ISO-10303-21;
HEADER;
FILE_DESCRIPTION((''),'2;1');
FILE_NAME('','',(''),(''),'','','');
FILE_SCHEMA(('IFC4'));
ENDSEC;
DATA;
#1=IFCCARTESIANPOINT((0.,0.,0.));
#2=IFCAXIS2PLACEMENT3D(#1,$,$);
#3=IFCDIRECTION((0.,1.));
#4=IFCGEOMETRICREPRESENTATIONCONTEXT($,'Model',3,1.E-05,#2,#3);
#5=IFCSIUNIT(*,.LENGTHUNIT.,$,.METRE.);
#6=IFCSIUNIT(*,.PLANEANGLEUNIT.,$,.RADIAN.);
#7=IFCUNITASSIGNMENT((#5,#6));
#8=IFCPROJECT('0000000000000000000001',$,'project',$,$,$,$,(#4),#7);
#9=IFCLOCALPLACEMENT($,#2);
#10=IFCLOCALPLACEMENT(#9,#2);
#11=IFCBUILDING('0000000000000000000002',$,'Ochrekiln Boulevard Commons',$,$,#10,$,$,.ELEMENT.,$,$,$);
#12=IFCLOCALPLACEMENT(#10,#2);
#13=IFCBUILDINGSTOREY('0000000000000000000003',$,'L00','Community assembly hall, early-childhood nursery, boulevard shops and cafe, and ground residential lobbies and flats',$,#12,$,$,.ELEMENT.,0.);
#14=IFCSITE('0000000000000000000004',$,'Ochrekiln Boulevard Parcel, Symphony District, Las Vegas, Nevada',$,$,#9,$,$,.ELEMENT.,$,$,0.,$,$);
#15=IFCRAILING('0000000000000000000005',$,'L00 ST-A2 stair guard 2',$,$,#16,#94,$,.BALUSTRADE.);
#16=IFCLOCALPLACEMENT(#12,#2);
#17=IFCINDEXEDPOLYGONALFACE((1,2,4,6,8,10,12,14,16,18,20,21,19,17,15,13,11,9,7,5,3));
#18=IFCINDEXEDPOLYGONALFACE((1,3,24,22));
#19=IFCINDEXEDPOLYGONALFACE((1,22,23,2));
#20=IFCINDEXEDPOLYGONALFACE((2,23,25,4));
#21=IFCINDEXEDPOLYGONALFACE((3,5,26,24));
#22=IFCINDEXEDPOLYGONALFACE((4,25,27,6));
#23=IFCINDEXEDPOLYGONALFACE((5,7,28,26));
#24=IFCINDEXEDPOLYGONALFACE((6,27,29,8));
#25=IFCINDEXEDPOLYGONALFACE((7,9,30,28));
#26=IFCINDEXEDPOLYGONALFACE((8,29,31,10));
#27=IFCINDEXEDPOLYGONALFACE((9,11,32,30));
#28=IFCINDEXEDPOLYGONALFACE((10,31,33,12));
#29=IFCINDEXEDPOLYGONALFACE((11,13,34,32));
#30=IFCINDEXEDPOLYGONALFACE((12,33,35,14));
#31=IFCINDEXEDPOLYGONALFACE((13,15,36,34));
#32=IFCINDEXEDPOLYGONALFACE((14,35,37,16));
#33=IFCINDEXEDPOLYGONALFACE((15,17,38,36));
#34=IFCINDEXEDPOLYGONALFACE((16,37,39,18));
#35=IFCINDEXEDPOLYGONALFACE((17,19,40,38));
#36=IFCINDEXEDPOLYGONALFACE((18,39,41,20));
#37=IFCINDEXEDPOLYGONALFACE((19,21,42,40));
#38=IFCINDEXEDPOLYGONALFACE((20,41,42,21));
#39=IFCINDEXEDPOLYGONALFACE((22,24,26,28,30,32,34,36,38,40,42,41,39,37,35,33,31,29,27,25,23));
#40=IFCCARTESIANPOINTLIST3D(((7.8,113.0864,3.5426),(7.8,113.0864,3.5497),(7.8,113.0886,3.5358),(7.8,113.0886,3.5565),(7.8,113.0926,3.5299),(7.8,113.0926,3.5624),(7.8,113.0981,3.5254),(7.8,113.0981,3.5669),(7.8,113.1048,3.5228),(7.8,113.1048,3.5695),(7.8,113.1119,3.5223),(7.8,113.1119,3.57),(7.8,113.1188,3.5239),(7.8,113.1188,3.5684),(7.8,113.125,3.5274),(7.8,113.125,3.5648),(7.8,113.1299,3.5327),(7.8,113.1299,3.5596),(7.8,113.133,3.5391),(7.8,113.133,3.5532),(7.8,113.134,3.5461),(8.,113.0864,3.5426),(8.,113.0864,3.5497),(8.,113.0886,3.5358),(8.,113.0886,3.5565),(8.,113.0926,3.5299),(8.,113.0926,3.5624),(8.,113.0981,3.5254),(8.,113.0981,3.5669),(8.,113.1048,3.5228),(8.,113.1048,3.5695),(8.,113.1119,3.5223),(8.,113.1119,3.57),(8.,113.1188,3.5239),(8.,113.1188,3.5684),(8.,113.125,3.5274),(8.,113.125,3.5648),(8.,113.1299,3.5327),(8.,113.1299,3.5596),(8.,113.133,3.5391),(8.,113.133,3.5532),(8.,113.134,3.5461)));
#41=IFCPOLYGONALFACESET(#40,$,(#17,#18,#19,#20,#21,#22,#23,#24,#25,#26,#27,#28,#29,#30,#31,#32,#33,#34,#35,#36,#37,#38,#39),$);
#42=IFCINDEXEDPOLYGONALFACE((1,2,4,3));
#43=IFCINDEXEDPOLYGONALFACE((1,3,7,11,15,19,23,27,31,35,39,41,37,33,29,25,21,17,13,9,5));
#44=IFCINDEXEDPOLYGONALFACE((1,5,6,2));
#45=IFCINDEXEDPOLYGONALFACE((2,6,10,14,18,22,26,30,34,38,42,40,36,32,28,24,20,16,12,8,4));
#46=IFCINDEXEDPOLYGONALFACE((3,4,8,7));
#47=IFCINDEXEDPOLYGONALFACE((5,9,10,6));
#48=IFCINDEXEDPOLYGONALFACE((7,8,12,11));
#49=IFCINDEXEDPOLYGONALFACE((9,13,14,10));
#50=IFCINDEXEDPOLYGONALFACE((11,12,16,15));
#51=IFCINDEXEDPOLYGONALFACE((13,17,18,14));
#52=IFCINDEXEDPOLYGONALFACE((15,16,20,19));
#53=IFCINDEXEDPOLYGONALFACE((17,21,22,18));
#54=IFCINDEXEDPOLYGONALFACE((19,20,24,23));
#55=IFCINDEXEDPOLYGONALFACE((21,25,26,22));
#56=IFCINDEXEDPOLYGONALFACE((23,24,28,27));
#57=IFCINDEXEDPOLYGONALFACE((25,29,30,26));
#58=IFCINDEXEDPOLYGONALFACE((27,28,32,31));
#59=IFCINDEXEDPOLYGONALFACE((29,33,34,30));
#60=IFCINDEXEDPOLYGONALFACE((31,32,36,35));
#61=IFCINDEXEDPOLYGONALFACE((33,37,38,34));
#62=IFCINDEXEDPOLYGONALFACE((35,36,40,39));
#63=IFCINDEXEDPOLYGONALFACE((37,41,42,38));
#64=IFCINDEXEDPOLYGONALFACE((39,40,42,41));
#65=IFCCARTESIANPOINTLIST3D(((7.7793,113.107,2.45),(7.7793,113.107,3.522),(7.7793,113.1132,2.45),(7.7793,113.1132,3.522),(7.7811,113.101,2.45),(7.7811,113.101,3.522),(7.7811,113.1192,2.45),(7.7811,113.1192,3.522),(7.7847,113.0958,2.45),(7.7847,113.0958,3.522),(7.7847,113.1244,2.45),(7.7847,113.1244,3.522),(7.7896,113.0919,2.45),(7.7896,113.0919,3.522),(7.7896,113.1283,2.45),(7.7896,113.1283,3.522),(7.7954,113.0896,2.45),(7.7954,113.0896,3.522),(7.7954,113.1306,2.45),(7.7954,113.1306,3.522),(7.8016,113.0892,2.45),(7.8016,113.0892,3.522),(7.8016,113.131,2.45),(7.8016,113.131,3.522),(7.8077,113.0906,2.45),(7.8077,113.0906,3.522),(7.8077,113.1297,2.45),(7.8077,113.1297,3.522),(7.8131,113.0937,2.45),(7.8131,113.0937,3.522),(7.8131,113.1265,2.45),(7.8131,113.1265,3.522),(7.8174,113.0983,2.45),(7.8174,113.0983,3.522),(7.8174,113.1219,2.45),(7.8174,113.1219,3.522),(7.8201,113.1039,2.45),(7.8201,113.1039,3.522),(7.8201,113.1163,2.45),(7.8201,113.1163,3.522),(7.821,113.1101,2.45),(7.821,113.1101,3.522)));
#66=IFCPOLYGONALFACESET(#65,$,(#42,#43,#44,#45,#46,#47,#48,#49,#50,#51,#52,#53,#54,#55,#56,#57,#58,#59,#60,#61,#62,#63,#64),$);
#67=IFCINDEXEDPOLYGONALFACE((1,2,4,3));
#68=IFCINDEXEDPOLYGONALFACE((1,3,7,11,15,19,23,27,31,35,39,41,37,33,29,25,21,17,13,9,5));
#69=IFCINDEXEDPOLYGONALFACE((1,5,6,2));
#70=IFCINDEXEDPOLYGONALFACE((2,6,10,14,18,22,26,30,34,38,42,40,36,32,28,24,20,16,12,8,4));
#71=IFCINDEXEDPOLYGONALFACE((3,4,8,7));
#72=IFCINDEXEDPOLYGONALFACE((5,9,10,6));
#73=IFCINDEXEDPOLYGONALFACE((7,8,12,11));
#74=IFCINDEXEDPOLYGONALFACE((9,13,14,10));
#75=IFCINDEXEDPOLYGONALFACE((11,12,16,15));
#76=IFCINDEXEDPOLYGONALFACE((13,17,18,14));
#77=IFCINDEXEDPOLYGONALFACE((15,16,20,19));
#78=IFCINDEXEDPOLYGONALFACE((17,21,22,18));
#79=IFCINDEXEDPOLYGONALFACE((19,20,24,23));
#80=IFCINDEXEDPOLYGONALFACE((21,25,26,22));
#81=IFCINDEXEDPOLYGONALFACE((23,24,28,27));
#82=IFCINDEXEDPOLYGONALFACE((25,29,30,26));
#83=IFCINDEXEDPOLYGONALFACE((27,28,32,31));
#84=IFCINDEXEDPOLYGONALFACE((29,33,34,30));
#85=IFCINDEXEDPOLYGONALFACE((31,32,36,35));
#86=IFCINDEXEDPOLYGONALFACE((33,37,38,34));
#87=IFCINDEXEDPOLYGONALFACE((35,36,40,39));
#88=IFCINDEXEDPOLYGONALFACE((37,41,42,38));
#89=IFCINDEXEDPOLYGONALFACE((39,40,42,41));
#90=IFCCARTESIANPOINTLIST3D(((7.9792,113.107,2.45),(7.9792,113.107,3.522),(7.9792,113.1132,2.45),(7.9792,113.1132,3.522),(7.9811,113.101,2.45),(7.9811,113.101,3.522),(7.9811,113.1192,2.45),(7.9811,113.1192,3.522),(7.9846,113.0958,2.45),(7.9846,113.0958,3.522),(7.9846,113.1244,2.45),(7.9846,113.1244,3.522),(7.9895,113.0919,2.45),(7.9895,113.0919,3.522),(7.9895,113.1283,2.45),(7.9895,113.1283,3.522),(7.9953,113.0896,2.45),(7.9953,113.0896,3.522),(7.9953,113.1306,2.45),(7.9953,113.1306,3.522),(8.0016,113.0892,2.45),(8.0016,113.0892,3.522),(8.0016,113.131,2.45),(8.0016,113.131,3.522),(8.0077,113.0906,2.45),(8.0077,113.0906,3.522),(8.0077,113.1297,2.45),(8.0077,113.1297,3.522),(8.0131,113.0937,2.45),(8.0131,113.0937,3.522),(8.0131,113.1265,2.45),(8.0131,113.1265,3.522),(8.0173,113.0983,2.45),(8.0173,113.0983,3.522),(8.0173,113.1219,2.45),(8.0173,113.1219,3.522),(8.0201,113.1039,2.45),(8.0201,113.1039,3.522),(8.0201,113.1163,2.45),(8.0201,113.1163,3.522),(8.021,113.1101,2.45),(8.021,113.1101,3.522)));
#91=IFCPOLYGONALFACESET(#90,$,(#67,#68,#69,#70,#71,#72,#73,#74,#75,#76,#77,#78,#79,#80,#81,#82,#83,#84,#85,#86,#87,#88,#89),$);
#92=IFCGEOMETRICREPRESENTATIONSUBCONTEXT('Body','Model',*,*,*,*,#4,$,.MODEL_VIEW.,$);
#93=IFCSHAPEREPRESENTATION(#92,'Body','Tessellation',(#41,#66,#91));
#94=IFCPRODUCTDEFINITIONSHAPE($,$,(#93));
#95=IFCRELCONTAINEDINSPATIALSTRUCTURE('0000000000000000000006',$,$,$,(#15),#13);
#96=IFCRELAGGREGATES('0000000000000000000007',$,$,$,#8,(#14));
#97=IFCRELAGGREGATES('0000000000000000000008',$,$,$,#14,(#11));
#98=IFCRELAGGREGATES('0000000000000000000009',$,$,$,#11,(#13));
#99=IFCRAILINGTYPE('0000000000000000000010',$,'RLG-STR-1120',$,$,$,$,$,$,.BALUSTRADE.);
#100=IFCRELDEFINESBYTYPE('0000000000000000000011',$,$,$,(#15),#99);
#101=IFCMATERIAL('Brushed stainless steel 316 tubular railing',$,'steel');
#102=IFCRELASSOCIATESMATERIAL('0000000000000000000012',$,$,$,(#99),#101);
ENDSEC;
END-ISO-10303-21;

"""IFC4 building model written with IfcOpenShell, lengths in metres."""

from ifc_helpers import new_model, si_unit, direction, frame, origin, origin_2d, place, context, subcontext, project, spatial, circle, extrude, material, type_object, element, save


model = new_model("IFC4")

# Units and contexts
model_context = context("Model", 3, precision=1e-05, world=origin(), true_north=direction((0.0, 1.0)))
body_context = subcontext(model_context, "Body", "Model", "MODEL_VIEW")
ifc_project = project(units=[si_unit("LENGTHUNIT", "METRE"), si_unit("PLANEANGLEUNIT", "RADIAN")], contexts=[model_context])

# Site, building, storey
site_placement = place(None, origin())
site = spatial("IfcSite", under=ifc_project, at=site_placement, Name="Ochrekiln Boulevard Parcel, Symphony District, Las Vegas, Nevada", CompositionType="ELEMENT", RefElevation=0.0)
building_placement = place(site_placement, origin())
building = spatial("IfcBuilding", under=site, at=building_placement, Name="Ochrekiln Boulevard Commons", CompositionType="ELEMENT")
storey_placement = place(building_placement, origin())
storey = spatial("IfcBuildingStorey", under=building, at=storey_placement, Name="L00", Description="Community assembly hall, early-childhood nursery, boulevard shops and cafe, and ground residential lobbies and flats", CompositionType="ELEMENT", Elevation=0.0)

# Railing
ifc_material_1 = material(Name="Brushed stainless steel 316 tubular railing", Category="steel")
railing_type_1 = type_object("IfcRailingType", Name="RLG-STR-1120", PredefinedType="BALUSTRADE", material=ifc_material_1)
railing_1_placement = place(storey_placement, frame((7.8, 113.1101, 2.45)))
element("IfcRailing", 1, at=railing_1_placement, inside=storey, type_object=railing_type_1, Name="L00 ST-A2 stair guard 2", PredefinedType="BALUSTRADE", context=body_context, shape_type="SweptSolid", body=[
    extrude(circle(Radius=0.0239, at=origin_2d()), frame((0.0, 0.0, 1.0962), z_axis=(1.0, 0.0, 0.0), x_axis=(0.0, 1.0, 0.0)), (0.0, 0.0, 1.0), 0.2),
    extrude(circle(Radius=0.021, at=origin_2d()), origin(), (0.0, 0.0, 1.0), 1.072),
    extrude(circle(Radius=0.021, at=origin_2d()), frame((0.2, 0.0, 0.0)), (0.0, 0.0, 1.0), 1.072),
])

save(model, "model.ifc")
